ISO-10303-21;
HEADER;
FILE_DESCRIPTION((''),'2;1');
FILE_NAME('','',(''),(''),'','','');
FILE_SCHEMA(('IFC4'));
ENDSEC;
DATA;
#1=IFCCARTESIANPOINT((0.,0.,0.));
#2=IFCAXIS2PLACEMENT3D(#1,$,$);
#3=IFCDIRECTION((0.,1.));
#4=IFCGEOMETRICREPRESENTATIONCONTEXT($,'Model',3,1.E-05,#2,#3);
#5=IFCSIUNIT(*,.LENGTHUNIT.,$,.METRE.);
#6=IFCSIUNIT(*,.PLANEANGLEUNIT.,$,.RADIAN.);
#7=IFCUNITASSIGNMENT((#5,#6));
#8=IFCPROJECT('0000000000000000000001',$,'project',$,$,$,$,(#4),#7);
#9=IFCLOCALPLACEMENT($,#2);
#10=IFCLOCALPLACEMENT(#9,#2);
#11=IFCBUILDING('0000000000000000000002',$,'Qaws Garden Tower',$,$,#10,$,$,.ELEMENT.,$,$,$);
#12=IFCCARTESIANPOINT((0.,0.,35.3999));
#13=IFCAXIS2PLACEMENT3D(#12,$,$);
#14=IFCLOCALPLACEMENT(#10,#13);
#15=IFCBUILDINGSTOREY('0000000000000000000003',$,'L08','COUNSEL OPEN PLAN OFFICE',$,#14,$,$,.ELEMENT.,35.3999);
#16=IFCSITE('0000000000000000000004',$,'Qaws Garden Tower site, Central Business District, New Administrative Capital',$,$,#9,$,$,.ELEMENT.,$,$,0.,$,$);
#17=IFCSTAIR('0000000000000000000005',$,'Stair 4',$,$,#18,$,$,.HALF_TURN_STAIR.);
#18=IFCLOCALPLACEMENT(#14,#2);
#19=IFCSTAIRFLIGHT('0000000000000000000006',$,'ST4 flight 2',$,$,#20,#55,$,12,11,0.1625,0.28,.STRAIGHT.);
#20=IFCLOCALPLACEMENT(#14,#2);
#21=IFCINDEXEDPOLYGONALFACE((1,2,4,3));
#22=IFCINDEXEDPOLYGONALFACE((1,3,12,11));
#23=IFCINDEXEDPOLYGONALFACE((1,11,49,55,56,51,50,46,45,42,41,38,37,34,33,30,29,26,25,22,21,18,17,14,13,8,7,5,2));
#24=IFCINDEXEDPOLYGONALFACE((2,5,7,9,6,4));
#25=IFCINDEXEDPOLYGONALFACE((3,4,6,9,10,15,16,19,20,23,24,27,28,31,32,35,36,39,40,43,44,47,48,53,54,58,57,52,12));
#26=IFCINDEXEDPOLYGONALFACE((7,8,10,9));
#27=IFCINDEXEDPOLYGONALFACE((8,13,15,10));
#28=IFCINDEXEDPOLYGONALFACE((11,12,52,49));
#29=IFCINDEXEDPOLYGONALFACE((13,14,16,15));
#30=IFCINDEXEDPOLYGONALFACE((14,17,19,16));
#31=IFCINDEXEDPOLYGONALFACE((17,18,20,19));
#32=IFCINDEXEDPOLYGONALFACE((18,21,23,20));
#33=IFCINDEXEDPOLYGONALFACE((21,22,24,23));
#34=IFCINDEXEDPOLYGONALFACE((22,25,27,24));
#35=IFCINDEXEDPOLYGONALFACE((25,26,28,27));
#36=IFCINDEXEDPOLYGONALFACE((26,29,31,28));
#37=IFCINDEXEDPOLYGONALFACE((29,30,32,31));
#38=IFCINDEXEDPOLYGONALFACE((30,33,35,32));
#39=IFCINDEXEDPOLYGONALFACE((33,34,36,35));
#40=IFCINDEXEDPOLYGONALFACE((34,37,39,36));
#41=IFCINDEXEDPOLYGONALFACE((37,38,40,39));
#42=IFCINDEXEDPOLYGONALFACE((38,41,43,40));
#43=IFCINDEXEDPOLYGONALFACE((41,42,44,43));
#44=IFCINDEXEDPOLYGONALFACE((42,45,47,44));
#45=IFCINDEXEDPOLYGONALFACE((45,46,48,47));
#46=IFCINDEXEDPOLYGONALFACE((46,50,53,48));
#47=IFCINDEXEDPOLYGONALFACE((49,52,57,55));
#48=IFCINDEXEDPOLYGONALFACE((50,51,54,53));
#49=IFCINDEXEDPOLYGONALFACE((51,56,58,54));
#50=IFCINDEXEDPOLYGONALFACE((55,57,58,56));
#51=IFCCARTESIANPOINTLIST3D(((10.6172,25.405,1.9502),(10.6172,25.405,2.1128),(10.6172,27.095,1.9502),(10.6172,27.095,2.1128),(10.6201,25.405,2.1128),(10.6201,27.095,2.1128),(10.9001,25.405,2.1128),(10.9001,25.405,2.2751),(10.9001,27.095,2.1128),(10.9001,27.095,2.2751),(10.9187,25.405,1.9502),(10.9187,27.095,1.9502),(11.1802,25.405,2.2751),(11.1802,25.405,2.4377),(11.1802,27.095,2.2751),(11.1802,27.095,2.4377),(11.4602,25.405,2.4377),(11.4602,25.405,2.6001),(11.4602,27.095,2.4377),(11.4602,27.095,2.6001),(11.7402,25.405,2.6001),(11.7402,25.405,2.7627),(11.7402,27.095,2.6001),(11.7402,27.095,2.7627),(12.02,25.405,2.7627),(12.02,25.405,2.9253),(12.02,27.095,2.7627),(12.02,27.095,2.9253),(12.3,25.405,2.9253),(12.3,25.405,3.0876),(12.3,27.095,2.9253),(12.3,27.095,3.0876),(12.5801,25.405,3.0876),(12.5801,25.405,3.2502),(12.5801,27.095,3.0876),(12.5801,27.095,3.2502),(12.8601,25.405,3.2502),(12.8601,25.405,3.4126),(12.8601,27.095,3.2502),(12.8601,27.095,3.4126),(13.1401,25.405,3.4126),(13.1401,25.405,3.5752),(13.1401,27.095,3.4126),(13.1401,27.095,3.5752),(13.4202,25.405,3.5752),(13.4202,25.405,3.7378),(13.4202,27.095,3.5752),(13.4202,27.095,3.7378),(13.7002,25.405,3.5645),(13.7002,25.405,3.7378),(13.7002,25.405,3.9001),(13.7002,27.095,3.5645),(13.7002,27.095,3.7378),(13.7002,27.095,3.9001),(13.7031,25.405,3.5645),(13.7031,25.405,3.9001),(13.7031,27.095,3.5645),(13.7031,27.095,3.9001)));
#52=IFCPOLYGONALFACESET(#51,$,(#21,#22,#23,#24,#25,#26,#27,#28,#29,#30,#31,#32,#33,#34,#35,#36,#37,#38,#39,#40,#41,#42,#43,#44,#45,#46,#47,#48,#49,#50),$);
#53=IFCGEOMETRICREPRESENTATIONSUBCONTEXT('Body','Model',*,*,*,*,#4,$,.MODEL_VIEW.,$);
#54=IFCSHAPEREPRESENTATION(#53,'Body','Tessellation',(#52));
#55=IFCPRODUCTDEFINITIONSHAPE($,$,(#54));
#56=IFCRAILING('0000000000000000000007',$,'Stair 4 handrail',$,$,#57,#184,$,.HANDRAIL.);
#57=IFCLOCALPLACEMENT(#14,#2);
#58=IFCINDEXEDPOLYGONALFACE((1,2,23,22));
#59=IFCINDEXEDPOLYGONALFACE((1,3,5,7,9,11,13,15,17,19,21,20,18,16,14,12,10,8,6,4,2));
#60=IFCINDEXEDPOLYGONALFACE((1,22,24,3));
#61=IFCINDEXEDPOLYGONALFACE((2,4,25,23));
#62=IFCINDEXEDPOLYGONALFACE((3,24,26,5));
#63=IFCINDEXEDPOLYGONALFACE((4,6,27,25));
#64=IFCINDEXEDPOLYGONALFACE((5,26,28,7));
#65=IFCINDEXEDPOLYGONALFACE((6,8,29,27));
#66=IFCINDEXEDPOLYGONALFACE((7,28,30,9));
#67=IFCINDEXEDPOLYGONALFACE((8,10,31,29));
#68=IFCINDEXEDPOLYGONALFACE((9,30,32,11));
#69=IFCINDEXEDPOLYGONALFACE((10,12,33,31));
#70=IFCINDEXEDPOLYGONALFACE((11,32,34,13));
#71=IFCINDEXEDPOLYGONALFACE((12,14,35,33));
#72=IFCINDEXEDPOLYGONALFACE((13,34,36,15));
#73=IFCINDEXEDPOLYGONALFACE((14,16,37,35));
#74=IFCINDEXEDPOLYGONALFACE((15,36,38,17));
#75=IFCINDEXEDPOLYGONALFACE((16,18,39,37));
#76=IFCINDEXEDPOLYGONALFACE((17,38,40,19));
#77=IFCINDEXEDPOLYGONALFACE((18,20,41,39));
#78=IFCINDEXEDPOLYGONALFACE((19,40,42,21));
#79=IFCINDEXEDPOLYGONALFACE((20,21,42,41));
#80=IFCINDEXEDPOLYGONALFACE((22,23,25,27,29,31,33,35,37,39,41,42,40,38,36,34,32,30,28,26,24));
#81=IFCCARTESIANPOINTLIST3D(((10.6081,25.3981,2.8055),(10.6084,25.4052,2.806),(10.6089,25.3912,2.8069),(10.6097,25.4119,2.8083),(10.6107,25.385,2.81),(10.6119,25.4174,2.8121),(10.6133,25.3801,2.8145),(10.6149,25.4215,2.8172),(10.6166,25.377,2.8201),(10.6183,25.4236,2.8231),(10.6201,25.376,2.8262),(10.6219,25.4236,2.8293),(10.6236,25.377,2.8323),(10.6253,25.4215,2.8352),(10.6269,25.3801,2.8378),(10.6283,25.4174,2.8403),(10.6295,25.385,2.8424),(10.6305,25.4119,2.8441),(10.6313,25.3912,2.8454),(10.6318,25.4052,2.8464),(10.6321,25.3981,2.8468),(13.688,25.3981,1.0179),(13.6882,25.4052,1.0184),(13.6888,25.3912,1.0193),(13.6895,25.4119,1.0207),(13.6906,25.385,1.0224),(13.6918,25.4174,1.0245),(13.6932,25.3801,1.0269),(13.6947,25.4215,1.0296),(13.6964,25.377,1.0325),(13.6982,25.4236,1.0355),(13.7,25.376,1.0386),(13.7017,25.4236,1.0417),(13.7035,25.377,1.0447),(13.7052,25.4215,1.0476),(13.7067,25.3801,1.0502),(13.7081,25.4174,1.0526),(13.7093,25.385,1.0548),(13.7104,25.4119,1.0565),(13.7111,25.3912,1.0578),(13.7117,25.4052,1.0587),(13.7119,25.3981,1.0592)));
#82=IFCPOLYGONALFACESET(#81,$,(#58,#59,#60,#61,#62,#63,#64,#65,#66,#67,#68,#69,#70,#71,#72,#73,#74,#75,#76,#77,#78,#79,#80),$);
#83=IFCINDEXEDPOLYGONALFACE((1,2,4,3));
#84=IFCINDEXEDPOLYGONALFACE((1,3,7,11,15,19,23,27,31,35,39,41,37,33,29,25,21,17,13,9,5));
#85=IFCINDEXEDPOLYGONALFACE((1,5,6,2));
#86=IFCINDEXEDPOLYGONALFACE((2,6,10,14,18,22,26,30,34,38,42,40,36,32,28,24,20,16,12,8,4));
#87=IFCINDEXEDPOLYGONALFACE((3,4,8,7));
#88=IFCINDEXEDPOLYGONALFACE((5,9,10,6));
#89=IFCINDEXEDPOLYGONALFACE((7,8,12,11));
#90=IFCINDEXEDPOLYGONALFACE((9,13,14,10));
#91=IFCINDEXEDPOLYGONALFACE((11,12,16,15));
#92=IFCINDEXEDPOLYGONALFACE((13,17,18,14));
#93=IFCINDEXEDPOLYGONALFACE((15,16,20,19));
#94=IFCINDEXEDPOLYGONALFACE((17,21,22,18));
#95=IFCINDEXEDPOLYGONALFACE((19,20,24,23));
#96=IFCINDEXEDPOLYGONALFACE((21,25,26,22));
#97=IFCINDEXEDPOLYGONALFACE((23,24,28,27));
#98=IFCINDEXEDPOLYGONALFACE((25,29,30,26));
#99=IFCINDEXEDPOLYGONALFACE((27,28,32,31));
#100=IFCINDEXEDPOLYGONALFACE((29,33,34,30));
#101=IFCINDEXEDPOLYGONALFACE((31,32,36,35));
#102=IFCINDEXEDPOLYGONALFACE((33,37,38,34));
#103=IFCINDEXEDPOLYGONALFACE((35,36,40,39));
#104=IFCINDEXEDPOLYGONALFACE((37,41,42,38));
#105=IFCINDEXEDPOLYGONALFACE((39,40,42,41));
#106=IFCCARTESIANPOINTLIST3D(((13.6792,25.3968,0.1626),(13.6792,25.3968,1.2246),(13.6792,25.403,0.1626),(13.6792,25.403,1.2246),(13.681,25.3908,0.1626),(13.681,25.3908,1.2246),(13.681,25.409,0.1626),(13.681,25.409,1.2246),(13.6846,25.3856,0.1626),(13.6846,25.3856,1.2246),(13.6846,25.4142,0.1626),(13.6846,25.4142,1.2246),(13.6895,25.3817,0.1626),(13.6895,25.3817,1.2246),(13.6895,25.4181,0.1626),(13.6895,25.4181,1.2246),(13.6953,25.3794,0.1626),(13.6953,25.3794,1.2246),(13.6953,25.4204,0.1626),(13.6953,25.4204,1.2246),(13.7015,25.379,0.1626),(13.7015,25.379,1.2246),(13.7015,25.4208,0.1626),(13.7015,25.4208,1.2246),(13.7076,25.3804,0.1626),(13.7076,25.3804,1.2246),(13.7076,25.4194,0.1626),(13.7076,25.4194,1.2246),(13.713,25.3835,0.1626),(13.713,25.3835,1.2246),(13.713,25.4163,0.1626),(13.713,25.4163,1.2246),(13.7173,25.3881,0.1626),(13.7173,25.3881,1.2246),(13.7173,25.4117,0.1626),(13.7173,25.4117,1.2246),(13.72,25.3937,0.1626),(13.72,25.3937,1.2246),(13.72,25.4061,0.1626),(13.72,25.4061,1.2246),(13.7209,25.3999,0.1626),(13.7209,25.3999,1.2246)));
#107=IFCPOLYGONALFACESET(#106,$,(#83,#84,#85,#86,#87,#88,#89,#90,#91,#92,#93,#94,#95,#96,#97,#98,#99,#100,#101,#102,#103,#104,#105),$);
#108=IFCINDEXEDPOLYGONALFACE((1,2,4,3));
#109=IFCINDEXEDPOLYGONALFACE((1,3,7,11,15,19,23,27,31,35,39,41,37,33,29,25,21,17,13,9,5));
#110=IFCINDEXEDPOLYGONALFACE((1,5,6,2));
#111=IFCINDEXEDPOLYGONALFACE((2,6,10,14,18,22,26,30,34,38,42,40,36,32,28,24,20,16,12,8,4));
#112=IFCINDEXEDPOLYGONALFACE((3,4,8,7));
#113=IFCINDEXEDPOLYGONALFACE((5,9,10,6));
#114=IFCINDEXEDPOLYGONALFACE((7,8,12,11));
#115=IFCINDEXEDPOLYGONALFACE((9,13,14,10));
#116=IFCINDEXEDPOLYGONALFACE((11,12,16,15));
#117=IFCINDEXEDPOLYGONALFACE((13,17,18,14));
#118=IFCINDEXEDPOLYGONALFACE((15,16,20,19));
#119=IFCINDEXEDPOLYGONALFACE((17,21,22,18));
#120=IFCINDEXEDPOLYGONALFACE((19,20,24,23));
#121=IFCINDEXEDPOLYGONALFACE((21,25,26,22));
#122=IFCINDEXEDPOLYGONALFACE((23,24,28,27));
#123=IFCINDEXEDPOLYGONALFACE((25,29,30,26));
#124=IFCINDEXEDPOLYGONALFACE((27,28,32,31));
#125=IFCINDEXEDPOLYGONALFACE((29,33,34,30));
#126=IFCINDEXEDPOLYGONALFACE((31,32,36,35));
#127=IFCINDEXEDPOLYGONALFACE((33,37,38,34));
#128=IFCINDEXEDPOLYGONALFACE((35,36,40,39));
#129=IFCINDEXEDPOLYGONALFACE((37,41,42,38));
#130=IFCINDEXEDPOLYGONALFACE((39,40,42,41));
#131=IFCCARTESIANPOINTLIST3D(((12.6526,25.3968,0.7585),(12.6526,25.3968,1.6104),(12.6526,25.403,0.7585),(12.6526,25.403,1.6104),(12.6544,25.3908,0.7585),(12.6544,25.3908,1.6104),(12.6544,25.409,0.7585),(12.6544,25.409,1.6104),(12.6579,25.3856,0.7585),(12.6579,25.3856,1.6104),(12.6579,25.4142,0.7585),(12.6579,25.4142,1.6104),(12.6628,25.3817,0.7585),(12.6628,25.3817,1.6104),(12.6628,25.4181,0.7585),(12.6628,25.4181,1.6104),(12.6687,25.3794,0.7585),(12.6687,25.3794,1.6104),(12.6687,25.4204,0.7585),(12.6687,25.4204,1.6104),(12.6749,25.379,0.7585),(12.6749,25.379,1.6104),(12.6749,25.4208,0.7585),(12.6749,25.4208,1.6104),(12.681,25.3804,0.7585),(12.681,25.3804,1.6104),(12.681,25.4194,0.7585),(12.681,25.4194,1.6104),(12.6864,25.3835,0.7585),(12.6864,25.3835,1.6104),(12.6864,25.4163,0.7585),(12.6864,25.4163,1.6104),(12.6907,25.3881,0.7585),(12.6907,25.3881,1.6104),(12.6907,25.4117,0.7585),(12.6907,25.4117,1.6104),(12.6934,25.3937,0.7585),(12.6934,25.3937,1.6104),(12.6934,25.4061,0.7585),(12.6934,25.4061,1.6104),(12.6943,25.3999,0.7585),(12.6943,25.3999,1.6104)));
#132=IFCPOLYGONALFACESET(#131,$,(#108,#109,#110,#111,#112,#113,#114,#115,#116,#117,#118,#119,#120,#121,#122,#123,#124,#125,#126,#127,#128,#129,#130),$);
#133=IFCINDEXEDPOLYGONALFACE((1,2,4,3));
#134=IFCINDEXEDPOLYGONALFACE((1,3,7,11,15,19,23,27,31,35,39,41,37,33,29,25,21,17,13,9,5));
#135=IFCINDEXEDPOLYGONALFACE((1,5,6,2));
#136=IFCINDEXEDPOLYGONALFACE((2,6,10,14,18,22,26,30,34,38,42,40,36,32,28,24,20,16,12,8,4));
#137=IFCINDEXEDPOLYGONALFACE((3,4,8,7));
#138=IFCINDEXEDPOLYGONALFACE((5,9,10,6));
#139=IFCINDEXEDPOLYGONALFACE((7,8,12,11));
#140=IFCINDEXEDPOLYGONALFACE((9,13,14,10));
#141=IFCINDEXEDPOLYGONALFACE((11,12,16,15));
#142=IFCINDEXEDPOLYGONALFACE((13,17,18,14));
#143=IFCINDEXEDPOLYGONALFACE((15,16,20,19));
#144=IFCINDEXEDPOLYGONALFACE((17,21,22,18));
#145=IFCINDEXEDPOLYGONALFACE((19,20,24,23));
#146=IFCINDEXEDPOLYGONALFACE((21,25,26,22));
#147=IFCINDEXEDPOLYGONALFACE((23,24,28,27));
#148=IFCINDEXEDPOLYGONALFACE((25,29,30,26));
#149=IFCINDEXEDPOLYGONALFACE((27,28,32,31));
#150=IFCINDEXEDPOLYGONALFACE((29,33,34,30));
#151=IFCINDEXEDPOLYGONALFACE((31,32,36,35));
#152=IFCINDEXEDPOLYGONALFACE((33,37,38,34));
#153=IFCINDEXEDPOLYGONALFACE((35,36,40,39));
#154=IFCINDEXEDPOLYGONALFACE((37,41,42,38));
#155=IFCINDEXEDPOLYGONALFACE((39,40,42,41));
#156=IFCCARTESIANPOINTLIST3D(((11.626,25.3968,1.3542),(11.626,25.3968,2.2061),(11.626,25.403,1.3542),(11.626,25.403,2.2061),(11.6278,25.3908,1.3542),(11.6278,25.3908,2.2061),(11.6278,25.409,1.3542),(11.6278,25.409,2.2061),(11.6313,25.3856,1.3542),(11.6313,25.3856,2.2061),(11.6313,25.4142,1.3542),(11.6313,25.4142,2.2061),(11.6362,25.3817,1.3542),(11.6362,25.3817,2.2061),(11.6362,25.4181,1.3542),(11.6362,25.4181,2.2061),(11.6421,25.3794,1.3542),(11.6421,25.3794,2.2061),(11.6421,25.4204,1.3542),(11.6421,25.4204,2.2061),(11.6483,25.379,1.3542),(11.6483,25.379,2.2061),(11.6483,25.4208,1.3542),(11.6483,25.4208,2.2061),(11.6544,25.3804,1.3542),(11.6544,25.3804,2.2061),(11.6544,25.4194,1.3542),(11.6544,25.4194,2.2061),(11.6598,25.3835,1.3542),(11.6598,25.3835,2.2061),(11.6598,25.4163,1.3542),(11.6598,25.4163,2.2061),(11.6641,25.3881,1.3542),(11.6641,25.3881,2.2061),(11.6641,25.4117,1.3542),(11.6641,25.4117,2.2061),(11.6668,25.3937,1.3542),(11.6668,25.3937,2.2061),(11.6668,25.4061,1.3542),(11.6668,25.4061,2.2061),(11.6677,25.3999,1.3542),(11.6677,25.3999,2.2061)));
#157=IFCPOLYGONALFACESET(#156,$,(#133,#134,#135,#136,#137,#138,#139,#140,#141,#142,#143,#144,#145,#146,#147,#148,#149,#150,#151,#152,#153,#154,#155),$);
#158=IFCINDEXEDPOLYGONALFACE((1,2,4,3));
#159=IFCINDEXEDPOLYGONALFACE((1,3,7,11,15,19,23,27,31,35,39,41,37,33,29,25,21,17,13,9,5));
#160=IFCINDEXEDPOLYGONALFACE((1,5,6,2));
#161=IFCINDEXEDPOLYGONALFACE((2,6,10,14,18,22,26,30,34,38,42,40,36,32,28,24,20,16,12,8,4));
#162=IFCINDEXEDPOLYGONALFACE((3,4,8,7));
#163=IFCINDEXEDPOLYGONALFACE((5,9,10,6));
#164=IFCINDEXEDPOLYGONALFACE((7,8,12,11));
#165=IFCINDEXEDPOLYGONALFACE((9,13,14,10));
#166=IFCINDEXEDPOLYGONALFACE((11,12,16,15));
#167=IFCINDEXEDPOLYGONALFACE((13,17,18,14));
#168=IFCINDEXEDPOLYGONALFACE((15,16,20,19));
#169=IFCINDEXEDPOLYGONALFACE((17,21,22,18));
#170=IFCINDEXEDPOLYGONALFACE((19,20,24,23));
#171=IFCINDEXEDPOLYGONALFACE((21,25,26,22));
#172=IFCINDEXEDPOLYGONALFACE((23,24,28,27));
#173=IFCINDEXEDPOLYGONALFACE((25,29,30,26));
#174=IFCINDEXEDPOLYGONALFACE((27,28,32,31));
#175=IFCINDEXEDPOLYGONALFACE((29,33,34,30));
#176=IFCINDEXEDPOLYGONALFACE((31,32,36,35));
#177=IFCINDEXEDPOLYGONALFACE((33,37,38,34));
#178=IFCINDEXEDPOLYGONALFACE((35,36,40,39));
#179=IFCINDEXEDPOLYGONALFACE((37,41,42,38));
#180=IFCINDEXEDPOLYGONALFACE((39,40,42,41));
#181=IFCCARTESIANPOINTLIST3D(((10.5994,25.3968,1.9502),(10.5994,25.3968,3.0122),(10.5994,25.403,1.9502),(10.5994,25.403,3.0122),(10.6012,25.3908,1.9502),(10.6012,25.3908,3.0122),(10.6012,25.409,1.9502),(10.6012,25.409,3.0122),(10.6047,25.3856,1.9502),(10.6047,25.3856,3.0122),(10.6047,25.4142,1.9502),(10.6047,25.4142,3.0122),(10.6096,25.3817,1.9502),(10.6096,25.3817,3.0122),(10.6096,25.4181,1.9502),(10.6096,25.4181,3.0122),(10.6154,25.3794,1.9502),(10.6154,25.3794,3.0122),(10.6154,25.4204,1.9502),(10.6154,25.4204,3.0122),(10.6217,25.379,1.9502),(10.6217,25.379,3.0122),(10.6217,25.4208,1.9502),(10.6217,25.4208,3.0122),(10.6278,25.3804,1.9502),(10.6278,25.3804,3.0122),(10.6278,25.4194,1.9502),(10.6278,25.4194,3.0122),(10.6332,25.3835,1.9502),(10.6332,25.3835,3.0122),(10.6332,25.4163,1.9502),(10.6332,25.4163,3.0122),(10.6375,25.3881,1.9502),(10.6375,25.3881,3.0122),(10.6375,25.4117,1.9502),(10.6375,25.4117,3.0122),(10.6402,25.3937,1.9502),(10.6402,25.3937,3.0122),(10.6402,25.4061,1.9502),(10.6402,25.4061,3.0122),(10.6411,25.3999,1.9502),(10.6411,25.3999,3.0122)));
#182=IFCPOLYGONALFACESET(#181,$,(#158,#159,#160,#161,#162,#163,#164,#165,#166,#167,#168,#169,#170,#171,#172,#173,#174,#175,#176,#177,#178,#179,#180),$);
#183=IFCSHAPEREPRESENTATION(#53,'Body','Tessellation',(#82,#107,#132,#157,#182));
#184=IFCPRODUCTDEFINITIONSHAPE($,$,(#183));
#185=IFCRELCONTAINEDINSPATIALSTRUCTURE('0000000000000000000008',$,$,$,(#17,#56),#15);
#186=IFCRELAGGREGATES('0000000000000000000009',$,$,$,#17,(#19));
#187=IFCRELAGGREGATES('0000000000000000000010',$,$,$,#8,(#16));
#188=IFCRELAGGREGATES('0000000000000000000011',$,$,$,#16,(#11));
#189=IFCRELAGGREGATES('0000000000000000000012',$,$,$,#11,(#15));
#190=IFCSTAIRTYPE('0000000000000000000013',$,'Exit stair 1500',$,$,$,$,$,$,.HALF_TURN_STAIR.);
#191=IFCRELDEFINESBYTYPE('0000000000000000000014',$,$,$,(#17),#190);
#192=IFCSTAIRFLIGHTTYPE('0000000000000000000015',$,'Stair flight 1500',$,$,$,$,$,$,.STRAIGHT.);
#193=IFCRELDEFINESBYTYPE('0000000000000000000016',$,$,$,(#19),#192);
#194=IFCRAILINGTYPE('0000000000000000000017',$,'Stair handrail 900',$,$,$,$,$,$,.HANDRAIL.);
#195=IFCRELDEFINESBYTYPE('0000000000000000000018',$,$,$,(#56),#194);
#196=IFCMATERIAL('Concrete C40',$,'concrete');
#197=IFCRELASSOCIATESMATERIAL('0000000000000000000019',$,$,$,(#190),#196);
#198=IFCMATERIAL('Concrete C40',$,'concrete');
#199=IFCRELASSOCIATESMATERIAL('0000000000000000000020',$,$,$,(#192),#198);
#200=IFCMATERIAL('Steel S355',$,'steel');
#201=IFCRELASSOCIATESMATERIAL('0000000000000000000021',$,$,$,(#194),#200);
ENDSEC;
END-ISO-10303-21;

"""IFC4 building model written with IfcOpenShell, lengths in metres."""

from ifc_helpers import new_model, si_unit, direction, frame, origin, origin_2d, place, context, subcontext, project, spatial, polyline, circle, outline, extrude, material, type_object, element, aggregate, save


model = new_model("IFC4")

# Units and contexts
model_context = context("Model", 3, precision=1e-05, world=origin(), true_north=direction((0.0, 1.0)))
body_context = subcontext(model_context, "Body", "Model", "MODEL_VIEW")
ifc_project = project(units=[si_unit("LENGTHUNIT", "METRE"), si_unit("PLANEANGLEUNIT", "RADIAN")], contexts=[model_context])

# Site, building, storey
site_placement = place(None, origin())
site = spatial("IfcSite", under=ifc_project, at=site_placement, Name="Qaws Garden Tower site, Central Business District, New Administrative Capital", CompositionType="ELEMENT", RefElevation=0.0)
building_placement = place(site_placement, origin())
building = spatial("IfcBuilding", under=site, at=building_placement, Name="Qaws Garden Tower", CompositionType="ELEMENT")
storey_placement = place(building_placement, frame((0.0, 0.0, 35.3999)))
storey = spatial("IfcBuildingStorey", under=building, at=storey_placement, Name="L08", Description="COUNSEL OPEN PLAN OFFICE", CompositionType="ELEMENT", Elevation=35.3999)

# Stair, stair flight
ifc_material_1 = material(Name="Concrete C40", Category="concrete")
stair_type = type_object("IfcStairType", Name="Exit stair 1500", PredefinedType="HALF_TURN_STAIR", material=ifc_material_1)
stair_placement = place(storey_placement, origin())
stair = element("IfcStair", 1, at=stair_placement, inside=storey, type_object=stair_type, Name="Stair 4", PredefinedType="HALF_TURN_STAIR")
ifc_material_2 = material(Name="Concrete C40", Category="concrete")
stair_flight_type = type_object("IfcStairFlightType", Name="Stair flight 1500", PredefinedType="STRAIGHT", material=ifc_material_2)
stair_flight_1_placement = place(storey_placement, frame((10.6201, 26.25, 1.9502), z_axis=(0.0, 0.0, 1.0), x_axis=(1.0, 0.0, 0.0)))
stair_flight_1 = element("IfcStairFlight", 2, at=stair_flight_1_placement, type_object=stair_flight_type, Name="ST4 flight 2", NumberOfRisers=12, NumberOfTreads=11, PredefinedType="STRAIGHT", RiserHeight=0.1625, TreadLength=0.28, context=body_context, shape_type="SweptSolid", body=[
    extrude(outline(polyline([(-0.0029, 0.0), (-0.0029, 0.1626), (0.0, 0.1626), (0.28, 0.1626), (0.28, 0.325), (0.5601, 0.325), (0.5601, 0.4875), (0.8401, 0.4875), (0.8401, 0.6499), (1.1201, 0.6499), (1.1201, 0.8125), (1.3999, 0.8125), (1.3999, 0.9751), (1.6799, 0.9751), (1.6799, 1.1375), (1.96, 1.1375), (1.96, 1.3), (2.24, 1.3), (2.24, 1.4624), (2.52, 1.4624), (2.52, 1.625), (2.8, 1.625), (2.8, 1.7876), (3.0801, 1.7876), (3.0801, 1.95), (3.083, 1.95), (3.083, 1.6143), (3.0801, 1.6143), (0.2986, 0.0), (-0.0029, 0.0)])), frame((0.0, 0.845, 0.0), z_axis=(0.0, -1.0, 0.0), x_axis=(1.0, 0.0, 0.0)), (0.0, 0.0, 1.0), 1.6899),
])
aggregate(stair, [stair_flight_1])

# Railing
ifc_material_3 = material(Name="Steel S355", Category="steel")
railing_type = type_object("IfcRailingType", Name="Stair handrail 900", PredefinedType="HANDRAIL", material=ifc_material_3)
railing_1_placement = place(storey_placement, frame((13.7, 25.3999, 0.1626)))
element("IfcRailing", 3, at=railing_1_placement, inside=storey, type_object=railing_type, Name="Stair 4 handrail", PredefinedType="HANDRAIL", context=body_context, shape_type="SweptSolid", body=[
    extrude(circle(Radius=0.0239, at=origin_2d()), frame((0.0, 0.0, 0.876), z_axis=(-0.864873, 0.0, 0.50199), x_axis=(0.0, -1.0, 0.0)), (0.0, 0.0, 1.0), 3.561),
    extrude(circle(Radius=0.021, at=origin_2d()), origin(), (0.0, 0.0, 1.0), 1.062),
    extrude(circle(Radius=0.021, at=origin_2d()), frame((-1.0266, 0.0, 0.5959)), (0.0, 0.0, 1.0), 0.8518),
    extrude(circle(Radius=0.021, at=origin_2d()), frame((-2.0532, 0.0, 1.1917)), (0.0, 0.0, 1.0), 0.8518),
    extrude(circle(Radius=0.021, at=origin_2d()), frame((-3.0798, 0.0, 1.7876)), (0.0, 0.0, 1.0), 1.062),
])

save(model, "model.ifc")
